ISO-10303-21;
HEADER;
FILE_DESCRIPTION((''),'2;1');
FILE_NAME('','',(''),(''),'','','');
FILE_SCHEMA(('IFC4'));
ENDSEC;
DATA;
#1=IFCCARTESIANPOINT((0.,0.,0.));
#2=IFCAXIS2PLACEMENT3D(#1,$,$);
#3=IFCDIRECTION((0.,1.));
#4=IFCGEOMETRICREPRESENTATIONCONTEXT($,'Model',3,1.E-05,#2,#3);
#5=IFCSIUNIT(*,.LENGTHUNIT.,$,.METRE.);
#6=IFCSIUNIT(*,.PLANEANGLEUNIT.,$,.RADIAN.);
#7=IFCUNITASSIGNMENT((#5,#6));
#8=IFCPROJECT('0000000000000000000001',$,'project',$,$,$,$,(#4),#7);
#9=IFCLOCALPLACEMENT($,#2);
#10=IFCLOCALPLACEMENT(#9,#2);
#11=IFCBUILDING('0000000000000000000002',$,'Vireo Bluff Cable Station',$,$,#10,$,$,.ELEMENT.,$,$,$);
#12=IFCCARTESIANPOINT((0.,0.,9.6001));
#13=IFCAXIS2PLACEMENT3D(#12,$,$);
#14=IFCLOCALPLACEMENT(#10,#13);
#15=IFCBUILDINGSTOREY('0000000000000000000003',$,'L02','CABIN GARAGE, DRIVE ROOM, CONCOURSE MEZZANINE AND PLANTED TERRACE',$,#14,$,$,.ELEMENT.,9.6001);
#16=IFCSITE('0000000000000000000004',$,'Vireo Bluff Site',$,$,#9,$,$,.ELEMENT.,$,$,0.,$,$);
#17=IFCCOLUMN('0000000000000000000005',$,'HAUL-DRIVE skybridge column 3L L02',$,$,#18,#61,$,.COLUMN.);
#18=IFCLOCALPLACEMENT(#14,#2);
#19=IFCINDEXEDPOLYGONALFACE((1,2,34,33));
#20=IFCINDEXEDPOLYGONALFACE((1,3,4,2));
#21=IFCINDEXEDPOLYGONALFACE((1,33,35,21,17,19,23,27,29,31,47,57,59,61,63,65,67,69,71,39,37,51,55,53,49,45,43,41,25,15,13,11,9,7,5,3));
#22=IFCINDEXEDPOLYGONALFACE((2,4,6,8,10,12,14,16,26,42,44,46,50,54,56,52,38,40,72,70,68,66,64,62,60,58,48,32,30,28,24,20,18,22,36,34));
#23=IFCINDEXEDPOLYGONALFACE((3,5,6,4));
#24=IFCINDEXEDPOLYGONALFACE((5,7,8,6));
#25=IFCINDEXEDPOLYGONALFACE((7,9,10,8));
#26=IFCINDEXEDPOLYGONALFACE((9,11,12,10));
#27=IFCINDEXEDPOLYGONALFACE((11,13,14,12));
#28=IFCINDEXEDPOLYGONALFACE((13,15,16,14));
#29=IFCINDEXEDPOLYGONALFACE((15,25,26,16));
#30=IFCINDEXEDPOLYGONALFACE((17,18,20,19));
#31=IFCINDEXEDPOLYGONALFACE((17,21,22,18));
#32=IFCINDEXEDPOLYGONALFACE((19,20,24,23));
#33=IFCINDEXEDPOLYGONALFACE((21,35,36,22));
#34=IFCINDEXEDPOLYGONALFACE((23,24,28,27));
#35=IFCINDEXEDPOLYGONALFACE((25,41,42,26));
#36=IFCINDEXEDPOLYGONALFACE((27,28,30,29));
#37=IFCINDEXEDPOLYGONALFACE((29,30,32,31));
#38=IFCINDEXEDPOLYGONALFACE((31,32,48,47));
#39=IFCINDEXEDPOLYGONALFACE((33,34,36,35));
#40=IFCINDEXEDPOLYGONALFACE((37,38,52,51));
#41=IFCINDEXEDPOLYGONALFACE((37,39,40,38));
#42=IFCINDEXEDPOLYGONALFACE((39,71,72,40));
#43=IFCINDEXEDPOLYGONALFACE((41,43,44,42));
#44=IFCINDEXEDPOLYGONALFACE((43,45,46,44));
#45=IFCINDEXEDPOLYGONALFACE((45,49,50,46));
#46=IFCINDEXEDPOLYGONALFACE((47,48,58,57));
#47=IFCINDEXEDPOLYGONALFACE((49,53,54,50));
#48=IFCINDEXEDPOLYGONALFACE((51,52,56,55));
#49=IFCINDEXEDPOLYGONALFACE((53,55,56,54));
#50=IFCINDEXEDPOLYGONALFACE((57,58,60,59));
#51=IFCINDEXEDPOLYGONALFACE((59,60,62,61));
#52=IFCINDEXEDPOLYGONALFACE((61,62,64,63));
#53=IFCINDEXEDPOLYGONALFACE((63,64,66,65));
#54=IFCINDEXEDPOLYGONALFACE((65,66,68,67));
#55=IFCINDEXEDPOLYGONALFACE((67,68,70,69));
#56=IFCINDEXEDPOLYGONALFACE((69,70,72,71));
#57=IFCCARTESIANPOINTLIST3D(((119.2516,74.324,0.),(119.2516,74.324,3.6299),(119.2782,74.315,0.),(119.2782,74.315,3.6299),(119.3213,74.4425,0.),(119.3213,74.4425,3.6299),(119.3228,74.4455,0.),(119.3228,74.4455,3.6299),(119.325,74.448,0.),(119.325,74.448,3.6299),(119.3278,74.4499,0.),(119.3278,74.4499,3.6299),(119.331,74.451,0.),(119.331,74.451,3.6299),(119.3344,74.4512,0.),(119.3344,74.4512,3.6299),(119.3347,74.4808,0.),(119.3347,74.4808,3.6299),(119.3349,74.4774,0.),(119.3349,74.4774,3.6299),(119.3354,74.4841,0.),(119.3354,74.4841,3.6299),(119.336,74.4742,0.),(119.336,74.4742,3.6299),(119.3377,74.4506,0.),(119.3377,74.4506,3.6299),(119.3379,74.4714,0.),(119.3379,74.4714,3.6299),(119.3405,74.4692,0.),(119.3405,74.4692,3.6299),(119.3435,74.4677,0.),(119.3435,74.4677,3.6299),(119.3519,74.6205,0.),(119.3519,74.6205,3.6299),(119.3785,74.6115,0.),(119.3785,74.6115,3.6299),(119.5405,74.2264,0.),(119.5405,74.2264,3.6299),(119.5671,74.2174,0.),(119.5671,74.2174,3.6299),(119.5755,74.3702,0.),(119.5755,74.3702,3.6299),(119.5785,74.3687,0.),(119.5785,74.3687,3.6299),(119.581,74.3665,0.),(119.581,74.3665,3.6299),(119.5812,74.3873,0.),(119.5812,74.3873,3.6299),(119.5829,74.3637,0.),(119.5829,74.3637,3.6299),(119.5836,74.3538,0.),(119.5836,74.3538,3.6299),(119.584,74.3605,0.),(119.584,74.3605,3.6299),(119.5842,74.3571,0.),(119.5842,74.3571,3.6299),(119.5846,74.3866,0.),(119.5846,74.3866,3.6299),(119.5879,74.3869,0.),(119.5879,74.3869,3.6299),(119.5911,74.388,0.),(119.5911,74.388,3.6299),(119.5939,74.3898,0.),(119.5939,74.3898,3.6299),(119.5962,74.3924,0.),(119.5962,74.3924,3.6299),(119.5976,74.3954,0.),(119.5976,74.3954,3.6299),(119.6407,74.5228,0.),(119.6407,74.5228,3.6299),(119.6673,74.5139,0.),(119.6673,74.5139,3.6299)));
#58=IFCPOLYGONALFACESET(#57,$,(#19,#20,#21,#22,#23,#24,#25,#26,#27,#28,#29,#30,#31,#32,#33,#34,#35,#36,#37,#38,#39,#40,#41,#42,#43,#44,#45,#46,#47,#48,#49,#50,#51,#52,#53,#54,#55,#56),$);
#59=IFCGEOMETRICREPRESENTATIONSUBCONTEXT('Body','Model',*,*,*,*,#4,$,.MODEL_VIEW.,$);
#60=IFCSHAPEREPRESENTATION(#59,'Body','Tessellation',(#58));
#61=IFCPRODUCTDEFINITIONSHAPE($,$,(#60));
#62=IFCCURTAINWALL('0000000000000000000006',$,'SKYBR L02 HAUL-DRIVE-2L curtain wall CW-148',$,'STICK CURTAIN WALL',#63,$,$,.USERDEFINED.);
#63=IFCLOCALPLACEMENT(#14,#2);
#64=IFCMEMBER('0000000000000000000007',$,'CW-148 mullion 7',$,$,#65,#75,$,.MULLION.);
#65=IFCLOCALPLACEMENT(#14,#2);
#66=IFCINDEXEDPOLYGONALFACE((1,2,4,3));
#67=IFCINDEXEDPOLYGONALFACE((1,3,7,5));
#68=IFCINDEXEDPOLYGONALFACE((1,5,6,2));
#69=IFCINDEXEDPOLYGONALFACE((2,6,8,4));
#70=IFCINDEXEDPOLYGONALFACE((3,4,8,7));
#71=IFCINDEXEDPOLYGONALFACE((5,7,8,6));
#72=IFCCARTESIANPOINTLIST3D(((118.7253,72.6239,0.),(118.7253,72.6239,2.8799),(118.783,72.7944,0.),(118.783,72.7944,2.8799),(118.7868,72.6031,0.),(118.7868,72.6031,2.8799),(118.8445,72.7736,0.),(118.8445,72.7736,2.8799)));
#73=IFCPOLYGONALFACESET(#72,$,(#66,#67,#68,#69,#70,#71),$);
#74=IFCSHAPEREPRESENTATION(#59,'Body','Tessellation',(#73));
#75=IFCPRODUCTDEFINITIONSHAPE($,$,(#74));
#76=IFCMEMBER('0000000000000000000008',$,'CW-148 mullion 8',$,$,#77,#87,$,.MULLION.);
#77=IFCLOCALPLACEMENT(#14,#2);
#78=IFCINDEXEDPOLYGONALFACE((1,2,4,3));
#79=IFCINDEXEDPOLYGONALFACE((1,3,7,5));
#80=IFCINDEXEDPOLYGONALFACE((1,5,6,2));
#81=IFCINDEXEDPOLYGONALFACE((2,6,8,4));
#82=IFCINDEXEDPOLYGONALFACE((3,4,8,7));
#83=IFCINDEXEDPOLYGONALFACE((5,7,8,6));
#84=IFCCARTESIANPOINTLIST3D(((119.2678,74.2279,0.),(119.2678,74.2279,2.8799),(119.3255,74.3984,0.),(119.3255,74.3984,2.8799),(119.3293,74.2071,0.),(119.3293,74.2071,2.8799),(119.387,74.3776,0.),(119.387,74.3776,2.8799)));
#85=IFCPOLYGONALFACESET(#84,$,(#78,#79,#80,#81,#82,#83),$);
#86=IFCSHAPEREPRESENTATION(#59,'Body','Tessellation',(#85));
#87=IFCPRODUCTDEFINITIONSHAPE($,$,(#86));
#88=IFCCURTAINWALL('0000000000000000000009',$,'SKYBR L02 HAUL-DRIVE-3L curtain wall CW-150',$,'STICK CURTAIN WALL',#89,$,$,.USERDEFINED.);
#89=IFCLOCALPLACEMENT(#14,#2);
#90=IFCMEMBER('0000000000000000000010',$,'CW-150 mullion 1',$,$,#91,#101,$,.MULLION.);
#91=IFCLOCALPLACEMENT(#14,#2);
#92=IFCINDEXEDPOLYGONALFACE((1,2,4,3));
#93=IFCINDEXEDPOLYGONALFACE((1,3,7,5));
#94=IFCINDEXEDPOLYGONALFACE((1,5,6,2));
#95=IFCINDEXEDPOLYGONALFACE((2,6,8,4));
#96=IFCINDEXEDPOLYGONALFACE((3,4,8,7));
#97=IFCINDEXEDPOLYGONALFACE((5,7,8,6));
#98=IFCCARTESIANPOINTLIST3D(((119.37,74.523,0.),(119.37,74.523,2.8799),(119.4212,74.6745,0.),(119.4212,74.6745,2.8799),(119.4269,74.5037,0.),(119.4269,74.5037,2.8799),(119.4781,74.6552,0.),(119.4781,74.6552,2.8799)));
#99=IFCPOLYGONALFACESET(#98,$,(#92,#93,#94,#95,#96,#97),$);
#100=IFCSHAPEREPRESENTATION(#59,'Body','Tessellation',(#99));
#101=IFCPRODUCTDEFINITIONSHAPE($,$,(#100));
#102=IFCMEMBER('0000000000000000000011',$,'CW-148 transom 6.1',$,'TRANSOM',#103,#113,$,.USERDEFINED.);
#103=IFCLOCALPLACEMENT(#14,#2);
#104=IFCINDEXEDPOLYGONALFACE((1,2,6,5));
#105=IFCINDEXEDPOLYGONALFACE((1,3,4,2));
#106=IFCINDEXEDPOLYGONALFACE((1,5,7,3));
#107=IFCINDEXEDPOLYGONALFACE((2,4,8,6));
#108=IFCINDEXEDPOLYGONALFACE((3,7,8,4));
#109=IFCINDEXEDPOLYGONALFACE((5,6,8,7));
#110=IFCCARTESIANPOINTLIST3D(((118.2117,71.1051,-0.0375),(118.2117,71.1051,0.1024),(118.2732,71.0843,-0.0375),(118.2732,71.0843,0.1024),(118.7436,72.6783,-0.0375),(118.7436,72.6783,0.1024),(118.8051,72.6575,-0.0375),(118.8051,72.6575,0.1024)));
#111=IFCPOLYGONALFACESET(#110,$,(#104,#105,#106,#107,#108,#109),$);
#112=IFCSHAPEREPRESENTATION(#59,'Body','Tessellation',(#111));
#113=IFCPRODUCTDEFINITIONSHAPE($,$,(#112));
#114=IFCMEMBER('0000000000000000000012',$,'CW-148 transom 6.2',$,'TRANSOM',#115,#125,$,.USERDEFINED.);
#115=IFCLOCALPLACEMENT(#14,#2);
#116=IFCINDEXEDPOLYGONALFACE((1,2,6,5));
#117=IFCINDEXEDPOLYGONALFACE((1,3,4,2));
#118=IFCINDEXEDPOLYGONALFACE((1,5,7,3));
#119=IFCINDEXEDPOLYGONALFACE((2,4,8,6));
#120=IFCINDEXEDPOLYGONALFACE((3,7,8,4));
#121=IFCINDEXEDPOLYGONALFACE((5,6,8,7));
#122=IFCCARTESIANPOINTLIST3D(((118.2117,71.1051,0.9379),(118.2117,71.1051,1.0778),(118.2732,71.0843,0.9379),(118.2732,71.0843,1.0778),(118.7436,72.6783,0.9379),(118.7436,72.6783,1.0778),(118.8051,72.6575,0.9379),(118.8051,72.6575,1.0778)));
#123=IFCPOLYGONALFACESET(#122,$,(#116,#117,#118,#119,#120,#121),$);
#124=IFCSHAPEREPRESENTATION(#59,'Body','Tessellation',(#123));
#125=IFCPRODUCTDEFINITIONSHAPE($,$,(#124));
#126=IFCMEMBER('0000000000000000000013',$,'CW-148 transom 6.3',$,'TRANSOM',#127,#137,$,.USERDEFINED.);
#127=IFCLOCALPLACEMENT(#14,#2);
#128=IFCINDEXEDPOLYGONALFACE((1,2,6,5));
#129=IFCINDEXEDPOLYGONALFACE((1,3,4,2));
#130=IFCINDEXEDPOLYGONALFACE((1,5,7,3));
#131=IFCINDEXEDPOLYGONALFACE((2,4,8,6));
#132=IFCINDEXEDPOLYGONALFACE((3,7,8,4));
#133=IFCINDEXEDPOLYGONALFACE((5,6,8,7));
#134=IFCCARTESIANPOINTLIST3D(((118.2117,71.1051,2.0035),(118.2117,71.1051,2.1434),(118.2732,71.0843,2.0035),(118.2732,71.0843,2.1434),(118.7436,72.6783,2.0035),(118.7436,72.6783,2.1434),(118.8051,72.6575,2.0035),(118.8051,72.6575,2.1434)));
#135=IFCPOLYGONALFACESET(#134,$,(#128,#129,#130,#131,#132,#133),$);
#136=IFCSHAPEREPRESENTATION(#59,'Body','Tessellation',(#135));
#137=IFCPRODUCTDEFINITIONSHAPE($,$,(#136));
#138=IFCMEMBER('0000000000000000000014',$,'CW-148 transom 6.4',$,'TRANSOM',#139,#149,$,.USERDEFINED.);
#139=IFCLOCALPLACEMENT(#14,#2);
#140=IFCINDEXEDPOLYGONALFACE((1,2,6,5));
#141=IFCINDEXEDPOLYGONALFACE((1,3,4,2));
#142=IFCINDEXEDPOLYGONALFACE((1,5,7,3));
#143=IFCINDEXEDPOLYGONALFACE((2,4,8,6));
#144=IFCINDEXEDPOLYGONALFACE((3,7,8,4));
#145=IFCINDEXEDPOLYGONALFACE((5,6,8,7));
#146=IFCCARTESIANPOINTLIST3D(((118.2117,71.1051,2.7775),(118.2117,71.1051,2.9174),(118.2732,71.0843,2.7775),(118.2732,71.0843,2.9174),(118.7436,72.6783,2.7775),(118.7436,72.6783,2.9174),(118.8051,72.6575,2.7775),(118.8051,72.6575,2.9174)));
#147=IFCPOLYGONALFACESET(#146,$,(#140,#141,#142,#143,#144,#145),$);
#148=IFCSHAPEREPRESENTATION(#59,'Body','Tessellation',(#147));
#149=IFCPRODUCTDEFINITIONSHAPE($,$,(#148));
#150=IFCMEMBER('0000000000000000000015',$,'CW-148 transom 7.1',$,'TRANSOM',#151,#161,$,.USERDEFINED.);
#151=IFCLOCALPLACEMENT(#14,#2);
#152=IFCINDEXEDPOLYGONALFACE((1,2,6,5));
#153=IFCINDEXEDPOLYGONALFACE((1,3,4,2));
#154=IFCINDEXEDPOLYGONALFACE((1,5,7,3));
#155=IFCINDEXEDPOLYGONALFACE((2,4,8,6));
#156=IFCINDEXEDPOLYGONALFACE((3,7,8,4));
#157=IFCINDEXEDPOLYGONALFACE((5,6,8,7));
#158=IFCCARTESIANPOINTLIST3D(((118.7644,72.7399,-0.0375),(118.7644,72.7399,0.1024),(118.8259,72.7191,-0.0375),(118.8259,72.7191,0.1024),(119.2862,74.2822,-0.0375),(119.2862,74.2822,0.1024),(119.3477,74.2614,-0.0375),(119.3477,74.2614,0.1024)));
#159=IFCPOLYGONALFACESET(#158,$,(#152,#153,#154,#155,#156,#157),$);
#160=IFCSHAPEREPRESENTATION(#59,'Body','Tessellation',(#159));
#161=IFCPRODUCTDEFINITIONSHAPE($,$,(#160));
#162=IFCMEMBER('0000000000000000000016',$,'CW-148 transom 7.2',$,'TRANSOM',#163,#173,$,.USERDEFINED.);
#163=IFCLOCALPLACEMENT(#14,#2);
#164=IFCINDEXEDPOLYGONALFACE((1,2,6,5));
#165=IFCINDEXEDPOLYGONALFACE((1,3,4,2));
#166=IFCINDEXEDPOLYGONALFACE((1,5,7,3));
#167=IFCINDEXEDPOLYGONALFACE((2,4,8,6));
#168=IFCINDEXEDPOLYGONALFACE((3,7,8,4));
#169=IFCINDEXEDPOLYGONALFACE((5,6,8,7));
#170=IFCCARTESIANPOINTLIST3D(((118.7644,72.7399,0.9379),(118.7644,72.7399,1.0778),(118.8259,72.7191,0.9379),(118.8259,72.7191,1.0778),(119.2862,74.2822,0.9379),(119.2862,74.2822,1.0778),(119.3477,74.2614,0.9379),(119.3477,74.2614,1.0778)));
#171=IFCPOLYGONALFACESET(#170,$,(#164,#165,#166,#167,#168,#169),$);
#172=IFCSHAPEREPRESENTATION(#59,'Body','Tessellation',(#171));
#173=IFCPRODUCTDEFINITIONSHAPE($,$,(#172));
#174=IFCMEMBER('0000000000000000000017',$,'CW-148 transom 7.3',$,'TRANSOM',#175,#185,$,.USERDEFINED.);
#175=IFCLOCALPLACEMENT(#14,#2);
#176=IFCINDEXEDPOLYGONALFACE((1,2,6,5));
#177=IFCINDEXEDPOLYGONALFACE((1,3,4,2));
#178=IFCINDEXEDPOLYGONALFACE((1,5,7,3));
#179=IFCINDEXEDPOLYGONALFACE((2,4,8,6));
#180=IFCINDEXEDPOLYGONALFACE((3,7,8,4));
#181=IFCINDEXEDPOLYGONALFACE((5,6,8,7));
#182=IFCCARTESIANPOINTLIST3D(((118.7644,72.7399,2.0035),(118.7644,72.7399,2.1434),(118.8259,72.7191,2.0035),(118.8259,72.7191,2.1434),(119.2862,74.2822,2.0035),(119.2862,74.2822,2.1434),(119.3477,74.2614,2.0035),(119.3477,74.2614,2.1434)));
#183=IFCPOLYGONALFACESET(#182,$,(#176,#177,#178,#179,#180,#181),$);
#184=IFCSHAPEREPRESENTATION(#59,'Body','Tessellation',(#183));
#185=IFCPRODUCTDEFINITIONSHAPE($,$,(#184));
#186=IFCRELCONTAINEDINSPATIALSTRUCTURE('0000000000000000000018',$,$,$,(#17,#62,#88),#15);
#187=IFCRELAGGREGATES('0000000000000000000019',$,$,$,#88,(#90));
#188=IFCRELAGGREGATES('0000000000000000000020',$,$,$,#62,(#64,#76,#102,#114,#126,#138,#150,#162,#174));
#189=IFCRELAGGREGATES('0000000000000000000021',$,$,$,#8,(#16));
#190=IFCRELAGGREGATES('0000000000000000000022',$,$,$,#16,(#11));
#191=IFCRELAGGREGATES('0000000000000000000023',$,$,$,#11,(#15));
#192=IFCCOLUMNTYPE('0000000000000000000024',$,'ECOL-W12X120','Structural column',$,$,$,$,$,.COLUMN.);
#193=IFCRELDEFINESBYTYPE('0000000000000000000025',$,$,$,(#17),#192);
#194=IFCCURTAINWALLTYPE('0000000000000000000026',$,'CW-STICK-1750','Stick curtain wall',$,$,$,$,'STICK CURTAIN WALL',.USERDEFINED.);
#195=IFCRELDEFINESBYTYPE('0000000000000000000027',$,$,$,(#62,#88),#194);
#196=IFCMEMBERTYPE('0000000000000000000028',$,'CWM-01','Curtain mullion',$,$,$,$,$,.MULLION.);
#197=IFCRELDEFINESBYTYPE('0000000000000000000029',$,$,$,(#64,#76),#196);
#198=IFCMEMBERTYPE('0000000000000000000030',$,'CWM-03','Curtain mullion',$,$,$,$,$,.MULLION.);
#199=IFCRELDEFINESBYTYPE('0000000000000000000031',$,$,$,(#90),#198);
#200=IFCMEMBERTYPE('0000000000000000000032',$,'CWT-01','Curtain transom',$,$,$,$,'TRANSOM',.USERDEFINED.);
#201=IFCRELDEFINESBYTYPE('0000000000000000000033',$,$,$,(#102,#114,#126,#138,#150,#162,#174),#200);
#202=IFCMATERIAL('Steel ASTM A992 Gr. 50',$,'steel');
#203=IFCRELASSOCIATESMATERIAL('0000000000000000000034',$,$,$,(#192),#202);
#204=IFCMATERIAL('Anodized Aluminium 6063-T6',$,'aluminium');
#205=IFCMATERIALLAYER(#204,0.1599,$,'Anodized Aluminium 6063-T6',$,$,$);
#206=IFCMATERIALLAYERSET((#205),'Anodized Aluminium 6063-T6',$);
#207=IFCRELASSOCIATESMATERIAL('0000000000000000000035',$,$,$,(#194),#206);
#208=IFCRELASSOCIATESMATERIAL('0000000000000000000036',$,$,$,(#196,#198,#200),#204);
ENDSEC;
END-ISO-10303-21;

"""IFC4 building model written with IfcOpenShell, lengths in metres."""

from ifc_helpers import new_model, si_unit, direction, frame, origin, origin_2d, place, context, subcontext, project, spatial, rectangle, i_section, extrude, material, layer, layer_set, material_profile, profile_set, type_object, element, aggregate, save


model = new_model("IFC4")

# Units and contexts
model_context = context("Model", 3, precision=1e-05, world=origin(), true_north=direction((0.0, 1.0)))
body_context = subcontext(model_context, "Body", "Model", "MODEL_VIEW")
ifc_project = project(units=[si_unit("LENGTHUNIT", "METRE"), si_unit("PLANEANGLEUNIT", "RADIAN")], contexts=[model_context])

# Site, building, storey
site_placement = place(None, origin())
site = spatial("IfcSite", under=ifc_project, at=site_placement, Name="Vireo Bluff Site", CompositionType="ELEMENT", RefElevation=0.0)
building_placement = place(site_placement, origin())
building = spatial("IfcBuilding", under=site, at=building_placement, Name="Vireo Bluff Cable Station", CompositionType="ELEMENT")
storey_placement = place(building_placement, frame((0.0, 0.0, 9.6001)))
storey = spatial("IfcBuildingStorey", under=building, at=storey_placement, Name="L02", Description="CABIN GARAGE, DRIVE ROOM, CONCOURSE MEZZANINE AND PLANTED TERRACE", CompositionType="ELEMENT", Elevation=9.6001)

# Column
ifc_material_1 = material(Name="Steel ASTM A992 Gr. 50", Category="steel")
ifc_material_profile_1 = material_profile(ifc_material_1, i_section(OverallWidth=0.313, OverallDepth=0.333, WebThickness=0.0181, FlangeThickness=0.0281, FilletRadius=0.0129, at=origin_2d()), Name="W12X120")
ifc_profile_set_1 = profile_set([ifc_material_profile_1], Name="Steel ASTM A992 Gr. 50")
column_type = type_object("IfcColumnType", Name="ECOL-W12X120", Description="Structural column", PredefinedType="COLUMN", material=ifc_profile_set_1)
column_placement = place(storey_placement, frame((119.4595, 74.4189, 0.0), z_axis=(0.0, 0.0, 1.0), x_axis=(0.320352, 0.947299, 0.0)))
element("IfcColumn", 1, at=column_placement, inside=storey, type_object=column_type, Name="HAUL-DRIVE skybridge column 3L L02", PredefinedType="COLUMN", context=body_context, shape_type="SweptSolid", body=[
    extrude(i_section(OverallWidth=0.313, OverallDepth=0.333, WebThickness=0.0181, FlangeThickness=0.0281, FilletRadius=0.0129, at=origin_2d()), origin(), (0.0, 0.0, 1.0), 3.6299),
])

# Curtain wall, members
ifc_material_2 = material(Name="Anodized Aluminium 6063-T6", Category="aluminium")
ifc_layer_1 = layer(ifc_material_2, 0.1599, Name="Anodized Aluminium 6063-T6")
ifc_layer_set_1 = layer_set([ifc_layer_1], Name="Anodized Aluminium 6063-T6")
curtain_wall_type = type_object("IfcCurtainWallType", Name="CW-STICK-1750", Description="Stick curtain wall", ElementType="STICK CURTAIN WALL", PredefinedType="USERDEFINED", material=ifc_layer_set_1)
curtain_wall_1_placement = place(storey_placement, origin())
curtain_wall_1 = element("IfcCurtainWall", 2, at=curtain_wall_1_placement, inside=storey, type_object=curtain_wall_type, Name="SKYBR L02 HAUL-DRIVE-2L curtain wall CW-148", ObjectType="STICK CURTAIN WALL", PredefinedType="USERDEFINED")
ifc_material_profile_2 = material_profile(ifc_material_2, rectangle(XDim=0.0649, YDim=0.1799, at=origin_2d()), Name="ALU-M-65X180")
ifc_profile_set_2 = profile_set([ifc_material_profile_2], Name="Anodized Aluminium 6063-T6")
member_type_1 = type_object("IfcMemberType", Name="CWM-01", Description="Curtain mullion", PredefinedType="MULLION", material=ifc_profile_set_2)
member_1_placement = place(storey_placement, frame((118.7849, 72.6987, 0.0), z_axis=(0.0, 0.0, 1.0), x_axis=(-0.947295, 0.320362, 0.0)))
member_1 = element("IfcMember", 3, at=member_1_placement, type_object=member_type_1, Name="CW-148 mullion 7", PredefinedType="MULLION", context=body_context, shape_type="SweptSolid", body=[
    extrude(rectangle(XDim=0.0649, YDim=0.1799, at=origin_2d()), origin(), (0.0, 0.0, 1.0), 2.8799),
])
member_2_placement = place(storey_placement, frame((119.3274, 74.3027, 0.0), z_axis=(0.0, 0.0, 1.0), x_axis=(-0.947295, 0.320362, 0.0)))
member_2 = element("IfcMember", 4, at=member_2_placement, type_object=member_type_1, Name="CW-148 mullion 8", PredefinedType="MULLION", context=body_context, shape_type="SweptSolid", body=[
    extrude(rectangle(XDim=0.0649, YDim=0.1799, at=origin_2d()), origin(), (0.0, 0.0, 1.0), 2.8799),
])

# Curtain wall, member
curtain_wall_2_placement = place(storey_placement, origin())
curtain_wall_2 = element("IfcCurtainWall", 5, at=curtain_wall_2_placement, inside=storey, type_object=curtain_wall_type, Name="SKYBR L02 HAUL-DRIVE-3L curtain wall CW-150", ObjectType="STICK CURTAIN WALL", PredefinedType="USERDEFINED")
ifc_material_profile_3 = material_profile(ifc_material_2, rectangle(XDim=0.0601, YDim=0.1599, at=origin_2d()), Name="ALU-M-60X160")
ifc_profile_set_3 = profile_set([ifc_material_profile_3], Name="Anodized Aluminium 6063-T6")
member_type_2 = type_object("IfcMemberType", Name="CWM-03", Description="Curtain mullion", PredefinedType="MULLION", material=ifc_profile_set_3)
member_3_placement = place(storey_placement, frame((119.4241, 74.5891, 0.0), z_axis=(0.0, 0.0, 1.0), x_axis=(-0.947298, 0.320354, 0.0)))
member_3 = element("IfcMember", 6, at=member_3_placement, type_object=member_type_2, Name="CW-150 mullion 1", PredefinedType="MULLION", context=body_context, shape_type="SweptSolid", body=[
    extrude(rectangle(XDim=0.0601, YDim=0.1599, at=origin_2d()), origin(), (0.0, 0.0, 1.0), 2.8799),
])

# Members
ifc_material_profile_4 = material_profile(ifc_material_2, rectangle(XDim=0.0649, YDim=0.1399, at=origin_2d()), Name="ALU-T-65X140")
ifc_profile_set_4 = profile_set([ifc_material_profile_4], Name="Anodized Aluminium 6063-T6")
member_type_3 = type_object("IfcMemberType", Name="CWT-01", Description="Curtain transom", ElementType="TRANSOM", PredefinedType="USERDEFINED", material=ifc_profile_set_4)
member_4_placement = place(storey_placement, frame((118.2424, 71.0947, 0.0325), z_axis=(0.320326, 0.947307, 0.0), x_axis=(-0.947307, 0.320326, 0.0)))
member_4 = element("IfcMember", 7, at=member_4_placement, type_object=member_type_3, Name="CW-148 transom 6.1", ObjectType="TRANSOM", PredefinedType="USERDEFINED", context=body_context, shape_type="SweptSolid", body=[
    extrude(rectangle(XDim=0.0649, YDim=0.1399, at=origin_2d()), origin(), (0.0, 0.0, 1.0), 1.6606),
])
member_5_placement = place(storey_placement, frame((118.2424, 71.0947, 1.0078), z_axis=(0.320326, 0.947307, 0.0), x_axis=(-0.947307, 0.320326, 0.0)))
member_5 = element("IfcMember", 8, at=member_5_placement, type_object=member_type_3, Name="CW-148 transom 6.2", ObjectType="TRANSOM", PredefinedType="USERDEFINED", context=body_context, shape_type="SweptSolid", body=[
    extrude(rectangle(XDim=0.0649, YDim=0.1399, at=origin_2d()), origin(), (0.0, 0.0, 1.0), 1.6606),
])
member_6_placement = place(storey_placement, frame((118.2424, 71.0947, 2.0735), z_axis=(0.320326, 0.947307, 0.0), x_axis=(-0.947307, 0.320326, 0.0)))
member_6 = element("IfcMember", 9, at=member_6_placement, type_object=member_type_3, Name="CW-148 transom 6.3", ObjectType="TRANSOM", PredefinedType="USERDEFINED", context=body_context, shape_type="SweptSolid", body=[
    extrude(rectangle(XDim=0.0649, YDim=0.1399, at=origin_2d()), origin(), (0.0, 0.0, 1.0), 1.6606),
])
member_7_placement = place(storey_placement, frame((118.2424, 71.0947, 2.8474), z_axis=(0.320326, 0.947307, 0.0), x_axis=(-0.947307, 0.320326, 0.0)))
member_7 = element("IfcMember", 10, at=member_7_placement, type_object=member_type_3, Name="CW-148 transom 6.4", ObjectType="TRANSOM", PredefinedType="USERDEFINED", context=body_context, shape_type="SweptSolid", body=[
    extrude(rectangle(XDim=0.0649, YDim=0.1399, at=origin_2d()), origin(), (0.0, 0.0, 1.0), 1.6606),
])
member_8_placement = place(storey_placement, frame((118.7952, 72.7295, 0.0325), z_axis=(0.320453, 0.947264, 0.0), x_axis=(-0.947264, 0.320453, 0.0)))
member_8 = element("IfcMember", 11, at=member_8_placement, type_object=member_type_3, Name="CW-148 transom 7.1", ObjectType="TRANSOM", PredefinedType="USERDEFINED", context=body_context, shape_type="SweptSolid", body=[
    extrude(rectangle(XDim=0.0649, YDim=0.1399, at=origin_2d()), origin(), (0.0, 0.0, 1.0), 1.6282),
])
member_9_placement = place(storey_placement, frame((118.7952, 72.7295, 1.0078), z_axis=(0.320453, 0.947264, 0.0), x_axis=(-0.947264, 0.320453, 0.0)))
member_9 = element("IfcMember", 12, at=member_9_placement, type_object=member_type_3, Name="CW-148 transom 7.2", ObjectType="TRANSOM", PredefinedType="USERDEFINED", context=body_context, shape_type="SweptSolid", body=[
    extrude(rectangle(XDim=0.0649, YDim=0.1399, at=origin_2d()), origin(), (0.0, 0.0, 1.0), 1.6282),
])
member_10_placement = place(storey_placement, frame((118.7952, 72.7295, 2.0735), z_axis=(0.320453, 0.947264, 0.0), x_axis=(-0.947264, 0.320453, 0.0)))
member_10 = element("IfcMember", 13, at=member_10_placement, type_object=member_type_3, Name="CW-148 transom 7.3", ObjectType="TRANSOM", PredefinedType="USERDEFINED", context=body_context, shape_type="SweptSolid", body=[
    extrude(rectangle(XDim=0.0649, YDim=0.1399, at=origin_2d()), origin(), (0.0, 0.0, 1.0), 1.6282),
])

aggregate(curtain_wall_2, [member_3])
aggregate(curtain_wall_1, [member_1, member_2, member_4, member_5, member_6, member_7, member_8, member_9, member_10])

save(model, "model.ifc")
